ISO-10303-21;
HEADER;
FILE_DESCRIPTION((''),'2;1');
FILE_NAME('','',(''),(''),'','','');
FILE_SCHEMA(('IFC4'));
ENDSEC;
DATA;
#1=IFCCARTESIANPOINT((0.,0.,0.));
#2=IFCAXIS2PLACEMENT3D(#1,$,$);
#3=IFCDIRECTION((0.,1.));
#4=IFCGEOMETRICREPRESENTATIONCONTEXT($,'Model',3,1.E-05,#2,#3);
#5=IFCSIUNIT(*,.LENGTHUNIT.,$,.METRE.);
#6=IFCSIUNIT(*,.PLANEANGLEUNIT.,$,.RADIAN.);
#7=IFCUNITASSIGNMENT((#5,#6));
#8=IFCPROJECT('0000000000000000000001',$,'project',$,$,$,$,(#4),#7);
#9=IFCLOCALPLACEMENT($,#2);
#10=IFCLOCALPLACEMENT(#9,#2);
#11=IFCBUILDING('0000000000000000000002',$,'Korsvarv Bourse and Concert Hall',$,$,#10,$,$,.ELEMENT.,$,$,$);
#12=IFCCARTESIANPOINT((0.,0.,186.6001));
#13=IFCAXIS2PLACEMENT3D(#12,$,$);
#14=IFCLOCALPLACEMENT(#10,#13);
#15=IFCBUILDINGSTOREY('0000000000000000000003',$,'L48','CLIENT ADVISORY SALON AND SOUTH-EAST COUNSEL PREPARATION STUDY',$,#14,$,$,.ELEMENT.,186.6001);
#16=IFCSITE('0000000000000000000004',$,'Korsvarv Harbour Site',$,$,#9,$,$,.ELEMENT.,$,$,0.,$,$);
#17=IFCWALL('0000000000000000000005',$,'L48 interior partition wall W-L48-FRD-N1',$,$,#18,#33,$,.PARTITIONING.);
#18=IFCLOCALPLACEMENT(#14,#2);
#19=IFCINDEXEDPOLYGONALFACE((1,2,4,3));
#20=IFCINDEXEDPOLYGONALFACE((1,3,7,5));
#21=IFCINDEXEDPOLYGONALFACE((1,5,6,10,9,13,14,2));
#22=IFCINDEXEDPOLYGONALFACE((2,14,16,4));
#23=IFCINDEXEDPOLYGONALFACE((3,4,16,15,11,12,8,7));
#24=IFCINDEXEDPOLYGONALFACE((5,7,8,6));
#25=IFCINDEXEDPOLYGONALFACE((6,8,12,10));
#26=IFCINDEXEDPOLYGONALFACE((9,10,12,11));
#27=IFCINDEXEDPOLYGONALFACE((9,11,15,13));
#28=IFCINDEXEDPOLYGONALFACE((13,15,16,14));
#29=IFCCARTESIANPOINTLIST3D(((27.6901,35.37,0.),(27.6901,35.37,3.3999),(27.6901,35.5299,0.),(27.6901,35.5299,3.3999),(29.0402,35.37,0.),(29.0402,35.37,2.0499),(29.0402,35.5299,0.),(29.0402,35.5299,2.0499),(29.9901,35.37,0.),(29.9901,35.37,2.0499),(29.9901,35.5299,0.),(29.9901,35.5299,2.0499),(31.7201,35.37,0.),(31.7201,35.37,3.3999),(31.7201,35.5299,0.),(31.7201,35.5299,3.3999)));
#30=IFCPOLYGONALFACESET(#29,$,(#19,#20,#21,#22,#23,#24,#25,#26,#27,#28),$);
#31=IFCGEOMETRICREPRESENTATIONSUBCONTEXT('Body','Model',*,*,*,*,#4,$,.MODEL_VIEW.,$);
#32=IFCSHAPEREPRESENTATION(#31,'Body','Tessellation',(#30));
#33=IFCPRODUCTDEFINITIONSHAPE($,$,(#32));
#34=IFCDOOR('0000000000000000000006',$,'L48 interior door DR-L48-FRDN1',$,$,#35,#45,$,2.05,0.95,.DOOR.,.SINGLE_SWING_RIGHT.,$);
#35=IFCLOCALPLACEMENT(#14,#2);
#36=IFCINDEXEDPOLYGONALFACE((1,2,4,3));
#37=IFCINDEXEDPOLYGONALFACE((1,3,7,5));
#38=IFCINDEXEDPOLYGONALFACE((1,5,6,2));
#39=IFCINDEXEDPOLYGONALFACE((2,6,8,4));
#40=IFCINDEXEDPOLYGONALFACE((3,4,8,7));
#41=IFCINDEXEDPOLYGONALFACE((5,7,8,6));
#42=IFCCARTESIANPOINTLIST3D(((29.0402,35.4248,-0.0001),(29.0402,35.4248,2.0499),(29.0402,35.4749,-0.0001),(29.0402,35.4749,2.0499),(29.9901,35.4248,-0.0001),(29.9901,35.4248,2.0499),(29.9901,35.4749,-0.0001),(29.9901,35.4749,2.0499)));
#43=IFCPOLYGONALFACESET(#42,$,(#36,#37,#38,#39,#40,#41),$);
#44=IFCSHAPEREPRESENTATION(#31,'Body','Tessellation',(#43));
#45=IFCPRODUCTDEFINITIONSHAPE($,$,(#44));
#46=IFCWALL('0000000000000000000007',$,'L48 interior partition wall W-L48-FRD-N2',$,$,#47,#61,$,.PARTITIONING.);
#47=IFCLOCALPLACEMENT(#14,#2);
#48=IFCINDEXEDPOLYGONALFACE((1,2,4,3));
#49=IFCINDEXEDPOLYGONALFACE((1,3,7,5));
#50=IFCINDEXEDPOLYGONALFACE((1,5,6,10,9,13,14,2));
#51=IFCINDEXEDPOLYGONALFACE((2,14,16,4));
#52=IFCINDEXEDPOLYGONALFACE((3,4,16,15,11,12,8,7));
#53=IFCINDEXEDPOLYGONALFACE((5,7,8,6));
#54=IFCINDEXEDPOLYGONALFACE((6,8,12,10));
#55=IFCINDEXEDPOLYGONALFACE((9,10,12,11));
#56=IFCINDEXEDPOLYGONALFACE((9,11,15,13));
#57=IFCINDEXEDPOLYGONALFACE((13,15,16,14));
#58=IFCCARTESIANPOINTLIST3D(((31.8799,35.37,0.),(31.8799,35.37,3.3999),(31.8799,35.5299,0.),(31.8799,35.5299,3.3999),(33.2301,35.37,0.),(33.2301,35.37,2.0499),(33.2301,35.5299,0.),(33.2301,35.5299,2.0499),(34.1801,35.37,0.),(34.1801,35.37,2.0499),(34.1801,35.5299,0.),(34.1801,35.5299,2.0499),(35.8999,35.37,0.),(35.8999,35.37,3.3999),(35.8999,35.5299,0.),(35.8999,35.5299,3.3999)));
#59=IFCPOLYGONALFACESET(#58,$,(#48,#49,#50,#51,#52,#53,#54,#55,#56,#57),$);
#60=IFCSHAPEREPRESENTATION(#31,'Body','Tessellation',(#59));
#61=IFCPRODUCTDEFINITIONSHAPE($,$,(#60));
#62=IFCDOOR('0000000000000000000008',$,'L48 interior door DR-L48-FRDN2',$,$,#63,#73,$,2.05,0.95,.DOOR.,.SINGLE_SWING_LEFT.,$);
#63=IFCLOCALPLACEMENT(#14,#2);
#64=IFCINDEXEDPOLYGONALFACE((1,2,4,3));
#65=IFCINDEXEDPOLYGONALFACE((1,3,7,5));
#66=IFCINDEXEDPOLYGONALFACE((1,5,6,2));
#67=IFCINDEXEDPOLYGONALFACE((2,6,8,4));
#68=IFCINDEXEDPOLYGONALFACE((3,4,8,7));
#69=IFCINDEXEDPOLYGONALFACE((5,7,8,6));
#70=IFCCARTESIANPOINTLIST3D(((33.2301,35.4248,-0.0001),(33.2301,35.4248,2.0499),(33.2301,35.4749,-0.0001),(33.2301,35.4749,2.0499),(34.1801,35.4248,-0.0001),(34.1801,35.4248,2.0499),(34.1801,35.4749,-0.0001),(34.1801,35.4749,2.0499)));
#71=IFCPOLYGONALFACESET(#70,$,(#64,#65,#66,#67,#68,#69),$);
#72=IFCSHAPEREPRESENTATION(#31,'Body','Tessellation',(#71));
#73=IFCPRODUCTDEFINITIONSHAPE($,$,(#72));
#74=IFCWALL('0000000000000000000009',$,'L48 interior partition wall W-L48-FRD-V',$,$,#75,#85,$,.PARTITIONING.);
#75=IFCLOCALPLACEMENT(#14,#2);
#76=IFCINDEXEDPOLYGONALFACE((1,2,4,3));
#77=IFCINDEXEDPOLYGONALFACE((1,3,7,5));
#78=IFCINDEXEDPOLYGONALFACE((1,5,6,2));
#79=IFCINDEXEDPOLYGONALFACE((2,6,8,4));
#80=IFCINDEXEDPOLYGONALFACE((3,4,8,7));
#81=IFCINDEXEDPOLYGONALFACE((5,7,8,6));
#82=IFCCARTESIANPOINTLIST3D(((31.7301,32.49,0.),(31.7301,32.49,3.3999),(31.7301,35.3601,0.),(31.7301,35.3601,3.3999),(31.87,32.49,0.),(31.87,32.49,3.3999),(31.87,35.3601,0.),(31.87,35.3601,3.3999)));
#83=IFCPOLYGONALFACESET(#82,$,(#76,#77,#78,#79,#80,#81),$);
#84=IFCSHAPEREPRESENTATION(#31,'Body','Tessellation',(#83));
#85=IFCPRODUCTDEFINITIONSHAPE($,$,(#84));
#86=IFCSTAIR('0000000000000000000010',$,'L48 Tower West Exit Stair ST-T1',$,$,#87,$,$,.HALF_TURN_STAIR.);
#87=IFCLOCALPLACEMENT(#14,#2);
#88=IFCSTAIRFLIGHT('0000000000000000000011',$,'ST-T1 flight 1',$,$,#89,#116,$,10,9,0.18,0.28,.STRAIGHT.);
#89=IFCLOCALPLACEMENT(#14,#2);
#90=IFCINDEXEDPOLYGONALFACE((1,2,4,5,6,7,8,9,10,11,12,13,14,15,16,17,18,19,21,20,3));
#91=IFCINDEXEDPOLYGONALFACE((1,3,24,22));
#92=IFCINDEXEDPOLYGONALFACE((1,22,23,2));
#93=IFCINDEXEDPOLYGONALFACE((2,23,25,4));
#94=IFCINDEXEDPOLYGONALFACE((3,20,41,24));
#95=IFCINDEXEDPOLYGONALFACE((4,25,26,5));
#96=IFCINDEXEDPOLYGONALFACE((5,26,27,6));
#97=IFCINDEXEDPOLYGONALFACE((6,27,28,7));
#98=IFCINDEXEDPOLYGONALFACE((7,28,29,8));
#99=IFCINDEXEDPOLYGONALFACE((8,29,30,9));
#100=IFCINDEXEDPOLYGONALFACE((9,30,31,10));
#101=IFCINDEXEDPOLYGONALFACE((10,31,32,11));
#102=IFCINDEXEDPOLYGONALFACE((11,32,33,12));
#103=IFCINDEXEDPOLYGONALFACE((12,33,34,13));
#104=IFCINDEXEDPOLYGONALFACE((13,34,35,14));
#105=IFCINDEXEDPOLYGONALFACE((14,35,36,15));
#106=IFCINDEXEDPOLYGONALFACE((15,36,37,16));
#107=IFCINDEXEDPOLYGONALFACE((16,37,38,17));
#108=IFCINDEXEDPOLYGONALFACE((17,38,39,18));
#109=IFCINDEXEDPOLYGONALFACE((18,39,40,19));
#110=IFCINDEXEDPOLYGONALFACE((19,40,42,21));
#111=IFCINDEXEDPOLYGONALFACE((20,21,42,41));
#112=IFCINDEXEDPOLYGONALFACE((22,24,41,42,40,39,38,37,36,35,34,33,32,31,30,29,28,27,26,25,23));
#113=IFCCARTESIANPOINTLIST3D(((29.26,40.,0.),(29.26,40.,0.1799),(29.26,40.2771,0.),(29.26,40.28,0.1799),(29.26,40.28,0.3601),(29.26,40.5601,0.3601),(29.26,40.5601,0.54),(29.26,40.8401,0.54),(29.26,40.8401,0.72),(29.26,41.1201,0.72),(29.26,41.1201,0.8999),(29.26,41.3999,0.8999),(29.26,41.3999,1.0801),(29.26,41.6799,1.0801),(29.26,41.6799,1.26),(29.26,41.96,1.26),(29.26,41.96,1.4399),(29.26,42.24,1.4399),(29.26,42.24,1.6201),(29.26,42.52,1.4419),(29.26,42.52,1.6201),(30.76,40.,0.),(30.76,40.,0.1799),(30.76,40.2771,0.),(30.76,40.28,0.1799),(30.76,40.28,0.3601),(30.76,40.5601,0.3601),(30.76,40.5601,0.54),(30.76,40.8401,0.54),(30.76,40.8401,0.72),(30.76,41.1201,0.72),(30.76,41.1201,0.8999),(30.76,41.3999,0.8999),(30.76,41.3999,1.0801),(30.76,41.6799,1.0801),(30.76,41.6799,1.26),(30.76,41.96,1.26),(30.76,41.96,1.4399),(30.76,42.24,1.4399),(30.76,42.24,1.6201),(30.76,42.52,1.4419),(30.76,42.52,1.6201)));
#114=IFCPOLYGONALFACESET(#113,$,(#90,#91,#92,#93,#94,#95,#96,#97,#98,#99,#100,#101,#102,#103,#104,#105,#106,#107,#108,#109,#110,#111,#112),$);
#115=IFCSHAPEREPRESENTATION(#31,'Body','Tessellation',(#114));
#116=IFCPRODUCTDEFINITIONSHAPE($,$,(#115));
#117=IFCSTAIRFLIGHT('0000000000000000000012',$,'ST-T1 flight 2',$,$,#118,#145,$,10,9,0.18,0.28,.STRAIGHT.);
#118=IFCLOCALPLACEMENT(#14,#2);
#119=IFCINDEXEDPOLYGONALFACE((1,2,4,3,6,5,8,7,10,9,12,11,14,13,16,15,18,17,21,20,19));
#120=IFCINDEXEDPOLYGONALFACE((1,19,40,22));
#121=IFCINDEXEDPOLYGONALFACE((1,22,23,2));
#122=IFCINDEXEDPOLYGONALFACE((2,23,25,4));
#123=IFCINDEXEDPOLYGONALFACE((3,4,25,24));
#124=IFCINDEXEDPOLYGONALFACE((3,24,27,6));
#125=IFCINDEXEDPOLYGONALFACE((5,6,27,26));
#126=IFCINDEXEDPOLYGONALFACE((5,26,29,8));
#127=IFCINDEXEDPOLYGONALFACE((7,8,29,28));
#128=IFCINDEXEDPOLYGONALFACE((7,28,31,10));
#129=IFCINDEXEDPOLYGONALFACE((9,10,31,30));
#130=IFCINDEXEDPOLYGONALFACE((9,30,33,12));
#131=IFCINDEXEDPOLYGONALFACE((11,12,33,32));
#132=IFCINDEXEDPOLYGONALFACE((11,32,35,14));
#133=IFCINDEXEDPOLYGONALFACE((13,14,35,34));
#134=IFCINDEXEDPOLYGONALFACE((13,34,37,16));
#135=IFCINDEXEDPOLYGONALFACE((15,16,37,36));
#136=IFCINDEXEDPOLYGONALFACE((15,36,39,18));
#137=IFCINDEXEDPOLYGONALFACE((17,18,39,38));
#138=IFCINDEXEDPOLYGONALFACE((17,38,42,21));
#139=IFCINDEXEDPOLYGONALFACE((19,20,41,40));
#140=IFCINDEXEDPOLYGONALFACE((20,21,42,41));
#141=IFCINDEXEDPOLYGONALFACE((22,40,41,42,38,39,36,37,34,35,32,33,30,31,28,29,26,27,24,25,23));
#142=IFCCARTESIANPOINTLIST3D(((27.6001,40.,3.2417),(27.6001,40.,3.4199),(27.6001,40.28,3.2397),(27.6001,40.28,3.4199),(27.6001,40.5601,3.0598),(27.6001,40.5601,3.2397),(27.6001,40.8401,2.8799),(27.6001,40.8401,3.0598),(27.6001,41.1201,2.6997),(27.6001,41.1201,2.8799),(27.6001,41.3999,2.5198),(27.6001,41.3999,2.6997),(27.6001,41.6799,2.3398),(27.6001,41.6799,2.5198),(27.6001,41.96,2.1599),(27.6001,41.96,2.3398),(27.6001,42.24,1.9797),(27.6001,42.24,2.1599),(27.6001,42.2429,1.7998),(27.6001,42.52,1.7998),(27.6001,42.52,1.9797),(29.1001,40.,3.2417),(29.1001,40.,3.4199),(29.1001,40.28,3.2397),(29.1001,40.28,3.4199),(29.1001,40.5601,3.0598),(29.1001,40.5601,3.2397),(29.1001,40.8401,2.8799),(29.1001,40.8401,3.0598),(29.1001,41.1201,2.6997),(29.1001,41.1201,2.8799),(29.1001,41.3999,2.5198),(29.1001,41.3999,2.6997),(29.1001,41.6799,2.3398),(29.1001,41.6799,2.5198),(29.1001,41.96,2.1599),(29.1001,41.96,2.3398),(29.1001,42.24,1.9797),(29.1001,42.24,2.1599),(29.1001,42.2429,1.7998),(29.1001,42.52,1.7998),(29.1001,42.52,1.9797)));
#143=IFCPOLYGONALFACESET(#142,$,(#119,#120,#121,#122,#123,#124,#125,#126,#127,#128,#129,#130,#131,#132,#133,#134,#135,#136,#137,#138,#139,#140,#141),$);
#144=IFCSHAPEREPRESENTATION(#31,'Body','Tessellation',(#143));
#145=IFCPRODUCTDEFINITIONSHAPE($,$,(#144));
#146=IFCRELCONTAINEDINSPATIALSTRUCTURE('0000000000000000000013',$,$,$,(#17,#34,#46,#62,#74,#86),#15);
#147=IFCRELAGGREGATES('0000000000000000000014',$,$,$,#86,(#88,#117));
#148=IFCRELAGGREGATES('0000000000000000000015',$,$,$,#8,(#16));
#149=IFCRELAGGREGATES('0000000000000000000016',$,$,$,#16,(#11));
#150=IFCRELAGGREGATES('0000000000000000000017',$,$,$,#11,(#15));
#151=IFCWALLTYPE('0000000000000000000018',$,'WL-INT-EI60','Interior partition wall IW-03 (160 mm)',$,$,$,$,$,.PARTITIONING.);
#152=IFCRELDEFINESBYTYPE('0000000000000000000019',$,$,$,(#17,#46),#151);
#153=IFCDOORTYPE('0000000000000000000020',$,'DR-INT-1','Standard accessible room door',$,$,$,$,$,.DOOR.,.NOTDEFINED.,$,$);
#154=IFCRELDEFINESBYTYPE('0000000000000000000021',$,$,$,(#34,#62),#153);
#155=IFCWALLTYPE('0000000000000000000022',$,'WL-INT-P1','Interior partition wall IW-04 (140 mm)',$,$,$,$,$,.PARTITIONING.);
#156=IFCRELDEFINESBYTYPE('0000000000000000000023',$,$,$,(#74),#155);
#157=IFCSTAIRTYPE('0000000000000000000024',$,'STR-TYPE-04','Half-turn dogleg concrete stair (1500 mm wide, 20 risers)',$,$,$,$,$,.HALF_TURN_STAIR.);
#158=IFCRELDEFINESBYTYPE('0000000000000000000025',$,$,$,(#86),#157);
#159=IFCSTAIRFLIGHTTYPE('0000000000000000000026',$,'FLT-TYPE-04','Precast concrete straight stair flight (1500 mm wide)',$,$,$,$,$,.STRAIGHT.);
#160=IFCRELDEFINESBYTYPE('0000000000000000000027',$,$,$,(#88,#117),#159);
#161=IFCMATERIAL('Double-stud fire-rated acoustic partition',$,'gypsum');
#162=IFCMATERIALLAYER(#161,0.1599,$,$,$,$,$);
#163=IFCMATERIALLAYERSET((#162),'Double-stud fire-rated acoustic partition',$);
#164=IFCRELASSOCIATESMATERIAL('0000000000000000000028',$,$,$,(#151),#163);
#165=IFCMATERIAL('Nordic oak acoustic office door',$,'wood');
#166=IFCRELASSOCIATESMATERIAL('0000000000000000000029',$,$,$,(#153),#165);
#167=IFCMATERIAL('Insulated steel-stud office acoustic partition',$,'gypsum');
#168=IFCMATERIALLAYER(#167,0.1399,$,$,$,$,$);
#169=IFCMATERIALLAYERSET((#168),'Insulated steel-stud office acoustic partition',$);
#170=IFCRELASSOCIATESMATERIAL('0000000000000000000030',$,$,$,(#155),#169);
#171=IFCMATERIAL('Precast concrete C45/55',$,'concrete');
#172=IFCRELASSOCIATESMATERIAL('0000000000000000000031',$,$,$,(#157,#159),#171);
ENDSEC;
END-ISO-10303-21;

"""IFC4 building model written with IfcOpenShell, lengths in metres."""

from ifc_helpers import new_model, si_unit, direction, frame, frame_2d, origin, place, context, subcontext, project, spatial, polyline, rectangle, outline, extrude, material, layer, layer_set, type_object, element, fill, aggregate, save


model = new_model("IFC4")

# Units and contexts
model_context = context("Model", 3, precision=1e-05, world=origin(), true_north=direction((0.0, 1.0)))
body_context = subcontext(model_context, "Body", "Model", "MODEL_VIEW")
ifc_project = project(units=[si_unit("LENGTHUNIT", "METRE"), si_unit("PLANEANGLEUNIT", "RADIAN")], contexts=[model_context])

# Site, building, storey
site_placement = place(None, origin())
site = spatial("IfcSite", under=ifc_project, at=site_placement, Name="Korsvarv Harbour Site", CompositionType="ELEMENT", RefElevation=0.0)
building_placement = place(site_placement, origin())
building = spatial("IfcBuilding", under=site, at=building_placement, Name="Korsvarv Bourse and Concert Hall", CompositionType="ELEMENT")
storey_placement = place(building_placement, frame((0.0, 0.0, 186.6001)))
storey = spatial("IfcBuildingStorey", under=building, at=storey_placement, Name="L48", Description="CLIENT ADVISORY SALON AND SOUTH-EAST COUNSEL PREPARATION STUDY", CompositionType="ELEMENT", Elevation=186.6001)

# Shared definitions
ifc_material_1 = material(Name="Double-stud fire-rated acoustic partition", Category="gypsum")
ifc_layer_1 = layer(ifc_material_1, 0.1599)
ifc_layer_set_1 = layer_set([ifc_layer_1], Name="Double-stud fire-rated acoustic partition")
wall_type_1 = type_object("IfcWallType", Name="WL-INT-EI60", Description="Interior partition wall IW-03 (160 mm)", PredefinedType="PARTITIONING", material=ifc_layer_set_1)

# Walls, openings, doors
wall_1_placement = place(storey_placement, frame((27.6899, 35.45, 0.0), z_axis=(0.0, 0.0, 1.0), x_axis=(1.0, 0.0, 0.0)))
wall_1 = element("IfcWall", 1, at=wall_1_placement, inside=storey, type_object=wall_type_1, Name="L48 interior partition wall W-L48-FRD-N1", PredefinedType="PARTITIONING", context=body_context, shape_type="SweptSolid", body=[
    extrude(rectangle(XDim=4.03, YDim=0.1599, at=frame_2d((2.0151, 0.0))), origin(), (0.0, 0.0, 1.0), 3.3999),
])
opening_1_placement = place(wall_1_placement, frame((1.3501, 0.0, 0.0)))
opening_1 = element("IfcOpeningElement", 2, at=opening_1_placement, cuts=wall_1, PredefinedType="OPENING", context=body_context, shape_type="SweptSolid", body=[
    extrude(rectangle(XDim=0.95, YDim=2.05, at=frame_2d((0.4751, 1.0249))), frame((0.0, 0.0898, 0.0), z_axis=(0.0, -1.0, 0.0), x_axis=(1.0, 0.0, 0.0)), (0.0, 0.0, 1.0), 0.1799),
])
ifc_material_2 = material(Name="Nordic oak acoustic office door", Category="wood")
door_type_1 = type_object("IfcDoorType", Name="DR-INT-1", Description="Standard accessible room door", OperationType="NOTDEFINED", PredefinedType="DOOR", material=ifc_material_2)
door_1_placement = place(opening_1_placement, origin())
door_1 = element("IfcDoor", 3, at=door_1_placement, inside=storey, type_object=door_type_1, Name="L48 interior door DR-L48-FRDN1", OperationType="SINGLE_SWING_RIGHT", OverallHeight=2.05, OverallWidth=0.95, PredefinedType="DOOR", context=body_context, shape_type="SweptSolid", body=[
    extrude(rectangle(XDim=0.95, YDim=2.05, at=frame_2d((0.4751, 1.0249))), frame((0.0, 0.0249, 0.0), z_axis=(0.0, -1.0, 0.0), x_axis=(1.0, 0.0, 0.0)), (0.0, 0.0, 1.0), 0.05),
])
fill(opening_1, door_1)
wall_2_placement = place(storey_placement, frame((31.8799, 35.45, 0.0), z_axis=(0.0, 0.0, 1.0), x_axis=(1.0, 0.0, 0.0)))
wall_2 = element("IfcWall", 4, at=wall_2_placement, inside=storey, type_object=wall_type_1, Name="L48 interior partition wall W-L48-FRD-N2", PredefinedType="PARTITIONING", context=body_context, shape_type="SweptSolid", body=[
    extrude(rectangle(XDim=4.02, YDim=0.1599, at=frame_2d((2.01, 0.0))), origin(), (0.0, 0.0, 1.0), 3.3999),
])
opening_2_placement = place(wall_2_placement, frame((1.3501, 0.0, 0.0)))
opening_2 = element("IfcOpeningElement", 5, at=opening_2_placement, cuts=wall_2, PredefinedType="OPENING", context=body_context, shape_type="SweptSolid", body=[
    extrude(rectangle(XDim=0.95, YDim=2.05, at=frame_2d((0.4751, 1.0249))), frame((0.0, 0.0898, 0.0), z_axis=(0.0, -1.0, 0.0), x_axis=(1.0, 0.0, 0.0)), (0.0, 0.0, 1.0), 0.1799),
])
door_2_placement = place(opening_2_placement, origin())
door_2 = element("IfcDoor", 6, at=door_2_placement, inside=storey, type_object=door_type_1, Name="L48 interior door DR-L48-FRDN2", OperationType="SINGLE_SWING_LEFT", OverallHeight=2.05, OverallWidth=0.95, PredefinedType="DOOR", context=body_context, shape_type="SweptSolid", body=[
    extrude(rectangle(XDim=0.95, YDim=2.05, at=frame_2d((0.4751, 1.0249))), frame((0.0, 0.0249, 0.0), z_axis=(0.0, -1.0, 0.0), x_axis=(1.0, 0.0, 0.0)), (0.0, 0.0, 1.0), 0.05),
])
fill(opening_2, door_2)

# Wall
ifc_material_3 = material(Name="Insulated steel-stud office acoustic partition", Category="gypsum")
ifc_layer_2 = layer(ifc_material_3, 0.1399)
ifc_layer_set_2 = layer_set([ifc_layer_2], Name="Insulated steel-stud office acoustic partition")
wall_type_2 = type_object("IfcWallType", Name="WL-INT-P1", Description="Interior partition wall IW-04 (140 mm)", PredefinedType="PARTITIONING", material=ifc_layer_set_2)
wall_3_placement = place(storey_placement, frame((31.8, 32.49, 0.0), z_axis=(0.0, 0.0, 1.0), x_axis=(0.0, 1.0, 0.0)))
element("IfcWall", 7, at=wall_3_placement, inside=storey, type_object=wall_type_2, Name="L48 interior partition wall W-L48-FRD-V", PredefinedType="PARTITIONING", context=body_context, shape_type="SweptSolid", body=[
    extrude(rectangle(XDim=2.8701, YDim=0.1399, at=frame_2d((1.4351, 0.0))), origin(), (0.0, 0.0, 1.0), 3.3999),
])

# Stair, stair flights
ifc_material_4 = material(Name="Precast concrete C45/55", Category="concrete")
stair_type = type_object("IfcStairType", Name="STR-TYPE-04", Description="Half-turn dogleg concrete stair (1500 mm wide, 20 risers)", PredefinedType="HALF_TURN_STAIR", material=ifc_material_4)
stair_placement = place(storey_placement, origin())
stair = element("IfcStair", 8, at=stair_placement, inside=storey, type_object=stair_type, Name="L48 Tower West Exit Stair ST-T1", PredefinedType="HALF_TURN_STAIR")
stair_flight_type = type_object("IfcStairFlightType", Name="FLT-TYPE-04", Description="Precast concrete straight stair flight (1500 mm wide)", PredefinedType="STRAIGHT", material=ifc_material_4)
stair_flight_1_placement = place(storey_placement, frame((30.01, 40.0, 0.0), z_axis=(0.0, 0.0, 1.0), x_axis=(0.0, 1.0, 0.0)))
stair_flight_1 = element("IfcStairFlight", 9, at=stair_flight_1_placement, type_object=stair_flight_type, Name="ST-T1 flight 1", NumberOfRisers=10, NumberOfTreads=9, PredefinedType="STRAIGHT", RiserHeight=0.18, TreadLength=0.28, context=body_context, shape_type="SweptSolid", body=[
    extrude(outline(polyline([(0.0, 0.0), (0.0, 0.1799), (0.28, 0.1799), (0.28, 0.3601), (0.5601, 0.3601), (0.5601, 0.54), (0.8401, 0.54), (0.8401, 0.72), (1.1201, 0.72), (1.1201, 0.8999), (1.3999, 0.8999), (1.3999, 1.0801), (1.6799, 1.0801), (1.6799, 1.26), (1.96, 1.26), (1.96, 1.4399), (2.24, 1.4399), (2.24, 1.6201), (2.52, 1.6201), (2.52, 1.8), (2.52, 1.4419), (0.2771, 0.0), (0.0, 0.0)])), frame((0.0, 0.75, 0.0), z_axis=(0.0, -1.0, 0.0), x_axis=(1.0, 0.0, 0.0)), (0.0, 0.0, 1.0), 1.5),
])
stair_flight_2_placement = place(storey_placement, frame((28.3501, 42.52, 1.7998), z_axis=(0.0, 0.0, 1.0), x_axis=(0.0, -1.0, 0.0)))
stair_flight_2 = element("IfcStairFlight", 10, at=stair_flight_2_placement, type_object=stair_flight_type, Name="ST-T1 flight 2", NumberOfRisers=10, NumberOfTreads=9, PredefinedType="STRAIGHT", RiserHeight=0.18, TreadLength=0.28, context=body_context, shape_type="SweptSolid", body=[
    extrude(outline(polyline([(0.0, 0.0), (0.0, 0.1799), (0.28, 0.1799), (0.28, 0.3601), (0.5601, 0.3601), (0.5601, 0.54), (0.8401, 0.54), (0.8401, 0.72), (1.1201, 0.72), (1.1201, 0.8999), (1.3999, 0.8999), (1.3999, 1.0801), (1.6799, 1.0801), (1.6799, 1.26), (1.96, 1.26), (1.96, 1.4399), (2.24, 1.4399), (2.24, 1.6201), (2.52, 1.6201), (2.52, 1.8), (2.52, 1.4419), (0.2771, 0.0), (0.0, 0.0)])), frame((0.0, 0.75, 0.0), z_axis=(0.0, -1.0, 0.0), x_axis=(1.0, 0.0, 0.0)), (0.0, 0.0, 1.0), 1.5),
])
aggregate(stair, [stair_flight_1, stair_flight_2])

save(model, "model.ifc")
